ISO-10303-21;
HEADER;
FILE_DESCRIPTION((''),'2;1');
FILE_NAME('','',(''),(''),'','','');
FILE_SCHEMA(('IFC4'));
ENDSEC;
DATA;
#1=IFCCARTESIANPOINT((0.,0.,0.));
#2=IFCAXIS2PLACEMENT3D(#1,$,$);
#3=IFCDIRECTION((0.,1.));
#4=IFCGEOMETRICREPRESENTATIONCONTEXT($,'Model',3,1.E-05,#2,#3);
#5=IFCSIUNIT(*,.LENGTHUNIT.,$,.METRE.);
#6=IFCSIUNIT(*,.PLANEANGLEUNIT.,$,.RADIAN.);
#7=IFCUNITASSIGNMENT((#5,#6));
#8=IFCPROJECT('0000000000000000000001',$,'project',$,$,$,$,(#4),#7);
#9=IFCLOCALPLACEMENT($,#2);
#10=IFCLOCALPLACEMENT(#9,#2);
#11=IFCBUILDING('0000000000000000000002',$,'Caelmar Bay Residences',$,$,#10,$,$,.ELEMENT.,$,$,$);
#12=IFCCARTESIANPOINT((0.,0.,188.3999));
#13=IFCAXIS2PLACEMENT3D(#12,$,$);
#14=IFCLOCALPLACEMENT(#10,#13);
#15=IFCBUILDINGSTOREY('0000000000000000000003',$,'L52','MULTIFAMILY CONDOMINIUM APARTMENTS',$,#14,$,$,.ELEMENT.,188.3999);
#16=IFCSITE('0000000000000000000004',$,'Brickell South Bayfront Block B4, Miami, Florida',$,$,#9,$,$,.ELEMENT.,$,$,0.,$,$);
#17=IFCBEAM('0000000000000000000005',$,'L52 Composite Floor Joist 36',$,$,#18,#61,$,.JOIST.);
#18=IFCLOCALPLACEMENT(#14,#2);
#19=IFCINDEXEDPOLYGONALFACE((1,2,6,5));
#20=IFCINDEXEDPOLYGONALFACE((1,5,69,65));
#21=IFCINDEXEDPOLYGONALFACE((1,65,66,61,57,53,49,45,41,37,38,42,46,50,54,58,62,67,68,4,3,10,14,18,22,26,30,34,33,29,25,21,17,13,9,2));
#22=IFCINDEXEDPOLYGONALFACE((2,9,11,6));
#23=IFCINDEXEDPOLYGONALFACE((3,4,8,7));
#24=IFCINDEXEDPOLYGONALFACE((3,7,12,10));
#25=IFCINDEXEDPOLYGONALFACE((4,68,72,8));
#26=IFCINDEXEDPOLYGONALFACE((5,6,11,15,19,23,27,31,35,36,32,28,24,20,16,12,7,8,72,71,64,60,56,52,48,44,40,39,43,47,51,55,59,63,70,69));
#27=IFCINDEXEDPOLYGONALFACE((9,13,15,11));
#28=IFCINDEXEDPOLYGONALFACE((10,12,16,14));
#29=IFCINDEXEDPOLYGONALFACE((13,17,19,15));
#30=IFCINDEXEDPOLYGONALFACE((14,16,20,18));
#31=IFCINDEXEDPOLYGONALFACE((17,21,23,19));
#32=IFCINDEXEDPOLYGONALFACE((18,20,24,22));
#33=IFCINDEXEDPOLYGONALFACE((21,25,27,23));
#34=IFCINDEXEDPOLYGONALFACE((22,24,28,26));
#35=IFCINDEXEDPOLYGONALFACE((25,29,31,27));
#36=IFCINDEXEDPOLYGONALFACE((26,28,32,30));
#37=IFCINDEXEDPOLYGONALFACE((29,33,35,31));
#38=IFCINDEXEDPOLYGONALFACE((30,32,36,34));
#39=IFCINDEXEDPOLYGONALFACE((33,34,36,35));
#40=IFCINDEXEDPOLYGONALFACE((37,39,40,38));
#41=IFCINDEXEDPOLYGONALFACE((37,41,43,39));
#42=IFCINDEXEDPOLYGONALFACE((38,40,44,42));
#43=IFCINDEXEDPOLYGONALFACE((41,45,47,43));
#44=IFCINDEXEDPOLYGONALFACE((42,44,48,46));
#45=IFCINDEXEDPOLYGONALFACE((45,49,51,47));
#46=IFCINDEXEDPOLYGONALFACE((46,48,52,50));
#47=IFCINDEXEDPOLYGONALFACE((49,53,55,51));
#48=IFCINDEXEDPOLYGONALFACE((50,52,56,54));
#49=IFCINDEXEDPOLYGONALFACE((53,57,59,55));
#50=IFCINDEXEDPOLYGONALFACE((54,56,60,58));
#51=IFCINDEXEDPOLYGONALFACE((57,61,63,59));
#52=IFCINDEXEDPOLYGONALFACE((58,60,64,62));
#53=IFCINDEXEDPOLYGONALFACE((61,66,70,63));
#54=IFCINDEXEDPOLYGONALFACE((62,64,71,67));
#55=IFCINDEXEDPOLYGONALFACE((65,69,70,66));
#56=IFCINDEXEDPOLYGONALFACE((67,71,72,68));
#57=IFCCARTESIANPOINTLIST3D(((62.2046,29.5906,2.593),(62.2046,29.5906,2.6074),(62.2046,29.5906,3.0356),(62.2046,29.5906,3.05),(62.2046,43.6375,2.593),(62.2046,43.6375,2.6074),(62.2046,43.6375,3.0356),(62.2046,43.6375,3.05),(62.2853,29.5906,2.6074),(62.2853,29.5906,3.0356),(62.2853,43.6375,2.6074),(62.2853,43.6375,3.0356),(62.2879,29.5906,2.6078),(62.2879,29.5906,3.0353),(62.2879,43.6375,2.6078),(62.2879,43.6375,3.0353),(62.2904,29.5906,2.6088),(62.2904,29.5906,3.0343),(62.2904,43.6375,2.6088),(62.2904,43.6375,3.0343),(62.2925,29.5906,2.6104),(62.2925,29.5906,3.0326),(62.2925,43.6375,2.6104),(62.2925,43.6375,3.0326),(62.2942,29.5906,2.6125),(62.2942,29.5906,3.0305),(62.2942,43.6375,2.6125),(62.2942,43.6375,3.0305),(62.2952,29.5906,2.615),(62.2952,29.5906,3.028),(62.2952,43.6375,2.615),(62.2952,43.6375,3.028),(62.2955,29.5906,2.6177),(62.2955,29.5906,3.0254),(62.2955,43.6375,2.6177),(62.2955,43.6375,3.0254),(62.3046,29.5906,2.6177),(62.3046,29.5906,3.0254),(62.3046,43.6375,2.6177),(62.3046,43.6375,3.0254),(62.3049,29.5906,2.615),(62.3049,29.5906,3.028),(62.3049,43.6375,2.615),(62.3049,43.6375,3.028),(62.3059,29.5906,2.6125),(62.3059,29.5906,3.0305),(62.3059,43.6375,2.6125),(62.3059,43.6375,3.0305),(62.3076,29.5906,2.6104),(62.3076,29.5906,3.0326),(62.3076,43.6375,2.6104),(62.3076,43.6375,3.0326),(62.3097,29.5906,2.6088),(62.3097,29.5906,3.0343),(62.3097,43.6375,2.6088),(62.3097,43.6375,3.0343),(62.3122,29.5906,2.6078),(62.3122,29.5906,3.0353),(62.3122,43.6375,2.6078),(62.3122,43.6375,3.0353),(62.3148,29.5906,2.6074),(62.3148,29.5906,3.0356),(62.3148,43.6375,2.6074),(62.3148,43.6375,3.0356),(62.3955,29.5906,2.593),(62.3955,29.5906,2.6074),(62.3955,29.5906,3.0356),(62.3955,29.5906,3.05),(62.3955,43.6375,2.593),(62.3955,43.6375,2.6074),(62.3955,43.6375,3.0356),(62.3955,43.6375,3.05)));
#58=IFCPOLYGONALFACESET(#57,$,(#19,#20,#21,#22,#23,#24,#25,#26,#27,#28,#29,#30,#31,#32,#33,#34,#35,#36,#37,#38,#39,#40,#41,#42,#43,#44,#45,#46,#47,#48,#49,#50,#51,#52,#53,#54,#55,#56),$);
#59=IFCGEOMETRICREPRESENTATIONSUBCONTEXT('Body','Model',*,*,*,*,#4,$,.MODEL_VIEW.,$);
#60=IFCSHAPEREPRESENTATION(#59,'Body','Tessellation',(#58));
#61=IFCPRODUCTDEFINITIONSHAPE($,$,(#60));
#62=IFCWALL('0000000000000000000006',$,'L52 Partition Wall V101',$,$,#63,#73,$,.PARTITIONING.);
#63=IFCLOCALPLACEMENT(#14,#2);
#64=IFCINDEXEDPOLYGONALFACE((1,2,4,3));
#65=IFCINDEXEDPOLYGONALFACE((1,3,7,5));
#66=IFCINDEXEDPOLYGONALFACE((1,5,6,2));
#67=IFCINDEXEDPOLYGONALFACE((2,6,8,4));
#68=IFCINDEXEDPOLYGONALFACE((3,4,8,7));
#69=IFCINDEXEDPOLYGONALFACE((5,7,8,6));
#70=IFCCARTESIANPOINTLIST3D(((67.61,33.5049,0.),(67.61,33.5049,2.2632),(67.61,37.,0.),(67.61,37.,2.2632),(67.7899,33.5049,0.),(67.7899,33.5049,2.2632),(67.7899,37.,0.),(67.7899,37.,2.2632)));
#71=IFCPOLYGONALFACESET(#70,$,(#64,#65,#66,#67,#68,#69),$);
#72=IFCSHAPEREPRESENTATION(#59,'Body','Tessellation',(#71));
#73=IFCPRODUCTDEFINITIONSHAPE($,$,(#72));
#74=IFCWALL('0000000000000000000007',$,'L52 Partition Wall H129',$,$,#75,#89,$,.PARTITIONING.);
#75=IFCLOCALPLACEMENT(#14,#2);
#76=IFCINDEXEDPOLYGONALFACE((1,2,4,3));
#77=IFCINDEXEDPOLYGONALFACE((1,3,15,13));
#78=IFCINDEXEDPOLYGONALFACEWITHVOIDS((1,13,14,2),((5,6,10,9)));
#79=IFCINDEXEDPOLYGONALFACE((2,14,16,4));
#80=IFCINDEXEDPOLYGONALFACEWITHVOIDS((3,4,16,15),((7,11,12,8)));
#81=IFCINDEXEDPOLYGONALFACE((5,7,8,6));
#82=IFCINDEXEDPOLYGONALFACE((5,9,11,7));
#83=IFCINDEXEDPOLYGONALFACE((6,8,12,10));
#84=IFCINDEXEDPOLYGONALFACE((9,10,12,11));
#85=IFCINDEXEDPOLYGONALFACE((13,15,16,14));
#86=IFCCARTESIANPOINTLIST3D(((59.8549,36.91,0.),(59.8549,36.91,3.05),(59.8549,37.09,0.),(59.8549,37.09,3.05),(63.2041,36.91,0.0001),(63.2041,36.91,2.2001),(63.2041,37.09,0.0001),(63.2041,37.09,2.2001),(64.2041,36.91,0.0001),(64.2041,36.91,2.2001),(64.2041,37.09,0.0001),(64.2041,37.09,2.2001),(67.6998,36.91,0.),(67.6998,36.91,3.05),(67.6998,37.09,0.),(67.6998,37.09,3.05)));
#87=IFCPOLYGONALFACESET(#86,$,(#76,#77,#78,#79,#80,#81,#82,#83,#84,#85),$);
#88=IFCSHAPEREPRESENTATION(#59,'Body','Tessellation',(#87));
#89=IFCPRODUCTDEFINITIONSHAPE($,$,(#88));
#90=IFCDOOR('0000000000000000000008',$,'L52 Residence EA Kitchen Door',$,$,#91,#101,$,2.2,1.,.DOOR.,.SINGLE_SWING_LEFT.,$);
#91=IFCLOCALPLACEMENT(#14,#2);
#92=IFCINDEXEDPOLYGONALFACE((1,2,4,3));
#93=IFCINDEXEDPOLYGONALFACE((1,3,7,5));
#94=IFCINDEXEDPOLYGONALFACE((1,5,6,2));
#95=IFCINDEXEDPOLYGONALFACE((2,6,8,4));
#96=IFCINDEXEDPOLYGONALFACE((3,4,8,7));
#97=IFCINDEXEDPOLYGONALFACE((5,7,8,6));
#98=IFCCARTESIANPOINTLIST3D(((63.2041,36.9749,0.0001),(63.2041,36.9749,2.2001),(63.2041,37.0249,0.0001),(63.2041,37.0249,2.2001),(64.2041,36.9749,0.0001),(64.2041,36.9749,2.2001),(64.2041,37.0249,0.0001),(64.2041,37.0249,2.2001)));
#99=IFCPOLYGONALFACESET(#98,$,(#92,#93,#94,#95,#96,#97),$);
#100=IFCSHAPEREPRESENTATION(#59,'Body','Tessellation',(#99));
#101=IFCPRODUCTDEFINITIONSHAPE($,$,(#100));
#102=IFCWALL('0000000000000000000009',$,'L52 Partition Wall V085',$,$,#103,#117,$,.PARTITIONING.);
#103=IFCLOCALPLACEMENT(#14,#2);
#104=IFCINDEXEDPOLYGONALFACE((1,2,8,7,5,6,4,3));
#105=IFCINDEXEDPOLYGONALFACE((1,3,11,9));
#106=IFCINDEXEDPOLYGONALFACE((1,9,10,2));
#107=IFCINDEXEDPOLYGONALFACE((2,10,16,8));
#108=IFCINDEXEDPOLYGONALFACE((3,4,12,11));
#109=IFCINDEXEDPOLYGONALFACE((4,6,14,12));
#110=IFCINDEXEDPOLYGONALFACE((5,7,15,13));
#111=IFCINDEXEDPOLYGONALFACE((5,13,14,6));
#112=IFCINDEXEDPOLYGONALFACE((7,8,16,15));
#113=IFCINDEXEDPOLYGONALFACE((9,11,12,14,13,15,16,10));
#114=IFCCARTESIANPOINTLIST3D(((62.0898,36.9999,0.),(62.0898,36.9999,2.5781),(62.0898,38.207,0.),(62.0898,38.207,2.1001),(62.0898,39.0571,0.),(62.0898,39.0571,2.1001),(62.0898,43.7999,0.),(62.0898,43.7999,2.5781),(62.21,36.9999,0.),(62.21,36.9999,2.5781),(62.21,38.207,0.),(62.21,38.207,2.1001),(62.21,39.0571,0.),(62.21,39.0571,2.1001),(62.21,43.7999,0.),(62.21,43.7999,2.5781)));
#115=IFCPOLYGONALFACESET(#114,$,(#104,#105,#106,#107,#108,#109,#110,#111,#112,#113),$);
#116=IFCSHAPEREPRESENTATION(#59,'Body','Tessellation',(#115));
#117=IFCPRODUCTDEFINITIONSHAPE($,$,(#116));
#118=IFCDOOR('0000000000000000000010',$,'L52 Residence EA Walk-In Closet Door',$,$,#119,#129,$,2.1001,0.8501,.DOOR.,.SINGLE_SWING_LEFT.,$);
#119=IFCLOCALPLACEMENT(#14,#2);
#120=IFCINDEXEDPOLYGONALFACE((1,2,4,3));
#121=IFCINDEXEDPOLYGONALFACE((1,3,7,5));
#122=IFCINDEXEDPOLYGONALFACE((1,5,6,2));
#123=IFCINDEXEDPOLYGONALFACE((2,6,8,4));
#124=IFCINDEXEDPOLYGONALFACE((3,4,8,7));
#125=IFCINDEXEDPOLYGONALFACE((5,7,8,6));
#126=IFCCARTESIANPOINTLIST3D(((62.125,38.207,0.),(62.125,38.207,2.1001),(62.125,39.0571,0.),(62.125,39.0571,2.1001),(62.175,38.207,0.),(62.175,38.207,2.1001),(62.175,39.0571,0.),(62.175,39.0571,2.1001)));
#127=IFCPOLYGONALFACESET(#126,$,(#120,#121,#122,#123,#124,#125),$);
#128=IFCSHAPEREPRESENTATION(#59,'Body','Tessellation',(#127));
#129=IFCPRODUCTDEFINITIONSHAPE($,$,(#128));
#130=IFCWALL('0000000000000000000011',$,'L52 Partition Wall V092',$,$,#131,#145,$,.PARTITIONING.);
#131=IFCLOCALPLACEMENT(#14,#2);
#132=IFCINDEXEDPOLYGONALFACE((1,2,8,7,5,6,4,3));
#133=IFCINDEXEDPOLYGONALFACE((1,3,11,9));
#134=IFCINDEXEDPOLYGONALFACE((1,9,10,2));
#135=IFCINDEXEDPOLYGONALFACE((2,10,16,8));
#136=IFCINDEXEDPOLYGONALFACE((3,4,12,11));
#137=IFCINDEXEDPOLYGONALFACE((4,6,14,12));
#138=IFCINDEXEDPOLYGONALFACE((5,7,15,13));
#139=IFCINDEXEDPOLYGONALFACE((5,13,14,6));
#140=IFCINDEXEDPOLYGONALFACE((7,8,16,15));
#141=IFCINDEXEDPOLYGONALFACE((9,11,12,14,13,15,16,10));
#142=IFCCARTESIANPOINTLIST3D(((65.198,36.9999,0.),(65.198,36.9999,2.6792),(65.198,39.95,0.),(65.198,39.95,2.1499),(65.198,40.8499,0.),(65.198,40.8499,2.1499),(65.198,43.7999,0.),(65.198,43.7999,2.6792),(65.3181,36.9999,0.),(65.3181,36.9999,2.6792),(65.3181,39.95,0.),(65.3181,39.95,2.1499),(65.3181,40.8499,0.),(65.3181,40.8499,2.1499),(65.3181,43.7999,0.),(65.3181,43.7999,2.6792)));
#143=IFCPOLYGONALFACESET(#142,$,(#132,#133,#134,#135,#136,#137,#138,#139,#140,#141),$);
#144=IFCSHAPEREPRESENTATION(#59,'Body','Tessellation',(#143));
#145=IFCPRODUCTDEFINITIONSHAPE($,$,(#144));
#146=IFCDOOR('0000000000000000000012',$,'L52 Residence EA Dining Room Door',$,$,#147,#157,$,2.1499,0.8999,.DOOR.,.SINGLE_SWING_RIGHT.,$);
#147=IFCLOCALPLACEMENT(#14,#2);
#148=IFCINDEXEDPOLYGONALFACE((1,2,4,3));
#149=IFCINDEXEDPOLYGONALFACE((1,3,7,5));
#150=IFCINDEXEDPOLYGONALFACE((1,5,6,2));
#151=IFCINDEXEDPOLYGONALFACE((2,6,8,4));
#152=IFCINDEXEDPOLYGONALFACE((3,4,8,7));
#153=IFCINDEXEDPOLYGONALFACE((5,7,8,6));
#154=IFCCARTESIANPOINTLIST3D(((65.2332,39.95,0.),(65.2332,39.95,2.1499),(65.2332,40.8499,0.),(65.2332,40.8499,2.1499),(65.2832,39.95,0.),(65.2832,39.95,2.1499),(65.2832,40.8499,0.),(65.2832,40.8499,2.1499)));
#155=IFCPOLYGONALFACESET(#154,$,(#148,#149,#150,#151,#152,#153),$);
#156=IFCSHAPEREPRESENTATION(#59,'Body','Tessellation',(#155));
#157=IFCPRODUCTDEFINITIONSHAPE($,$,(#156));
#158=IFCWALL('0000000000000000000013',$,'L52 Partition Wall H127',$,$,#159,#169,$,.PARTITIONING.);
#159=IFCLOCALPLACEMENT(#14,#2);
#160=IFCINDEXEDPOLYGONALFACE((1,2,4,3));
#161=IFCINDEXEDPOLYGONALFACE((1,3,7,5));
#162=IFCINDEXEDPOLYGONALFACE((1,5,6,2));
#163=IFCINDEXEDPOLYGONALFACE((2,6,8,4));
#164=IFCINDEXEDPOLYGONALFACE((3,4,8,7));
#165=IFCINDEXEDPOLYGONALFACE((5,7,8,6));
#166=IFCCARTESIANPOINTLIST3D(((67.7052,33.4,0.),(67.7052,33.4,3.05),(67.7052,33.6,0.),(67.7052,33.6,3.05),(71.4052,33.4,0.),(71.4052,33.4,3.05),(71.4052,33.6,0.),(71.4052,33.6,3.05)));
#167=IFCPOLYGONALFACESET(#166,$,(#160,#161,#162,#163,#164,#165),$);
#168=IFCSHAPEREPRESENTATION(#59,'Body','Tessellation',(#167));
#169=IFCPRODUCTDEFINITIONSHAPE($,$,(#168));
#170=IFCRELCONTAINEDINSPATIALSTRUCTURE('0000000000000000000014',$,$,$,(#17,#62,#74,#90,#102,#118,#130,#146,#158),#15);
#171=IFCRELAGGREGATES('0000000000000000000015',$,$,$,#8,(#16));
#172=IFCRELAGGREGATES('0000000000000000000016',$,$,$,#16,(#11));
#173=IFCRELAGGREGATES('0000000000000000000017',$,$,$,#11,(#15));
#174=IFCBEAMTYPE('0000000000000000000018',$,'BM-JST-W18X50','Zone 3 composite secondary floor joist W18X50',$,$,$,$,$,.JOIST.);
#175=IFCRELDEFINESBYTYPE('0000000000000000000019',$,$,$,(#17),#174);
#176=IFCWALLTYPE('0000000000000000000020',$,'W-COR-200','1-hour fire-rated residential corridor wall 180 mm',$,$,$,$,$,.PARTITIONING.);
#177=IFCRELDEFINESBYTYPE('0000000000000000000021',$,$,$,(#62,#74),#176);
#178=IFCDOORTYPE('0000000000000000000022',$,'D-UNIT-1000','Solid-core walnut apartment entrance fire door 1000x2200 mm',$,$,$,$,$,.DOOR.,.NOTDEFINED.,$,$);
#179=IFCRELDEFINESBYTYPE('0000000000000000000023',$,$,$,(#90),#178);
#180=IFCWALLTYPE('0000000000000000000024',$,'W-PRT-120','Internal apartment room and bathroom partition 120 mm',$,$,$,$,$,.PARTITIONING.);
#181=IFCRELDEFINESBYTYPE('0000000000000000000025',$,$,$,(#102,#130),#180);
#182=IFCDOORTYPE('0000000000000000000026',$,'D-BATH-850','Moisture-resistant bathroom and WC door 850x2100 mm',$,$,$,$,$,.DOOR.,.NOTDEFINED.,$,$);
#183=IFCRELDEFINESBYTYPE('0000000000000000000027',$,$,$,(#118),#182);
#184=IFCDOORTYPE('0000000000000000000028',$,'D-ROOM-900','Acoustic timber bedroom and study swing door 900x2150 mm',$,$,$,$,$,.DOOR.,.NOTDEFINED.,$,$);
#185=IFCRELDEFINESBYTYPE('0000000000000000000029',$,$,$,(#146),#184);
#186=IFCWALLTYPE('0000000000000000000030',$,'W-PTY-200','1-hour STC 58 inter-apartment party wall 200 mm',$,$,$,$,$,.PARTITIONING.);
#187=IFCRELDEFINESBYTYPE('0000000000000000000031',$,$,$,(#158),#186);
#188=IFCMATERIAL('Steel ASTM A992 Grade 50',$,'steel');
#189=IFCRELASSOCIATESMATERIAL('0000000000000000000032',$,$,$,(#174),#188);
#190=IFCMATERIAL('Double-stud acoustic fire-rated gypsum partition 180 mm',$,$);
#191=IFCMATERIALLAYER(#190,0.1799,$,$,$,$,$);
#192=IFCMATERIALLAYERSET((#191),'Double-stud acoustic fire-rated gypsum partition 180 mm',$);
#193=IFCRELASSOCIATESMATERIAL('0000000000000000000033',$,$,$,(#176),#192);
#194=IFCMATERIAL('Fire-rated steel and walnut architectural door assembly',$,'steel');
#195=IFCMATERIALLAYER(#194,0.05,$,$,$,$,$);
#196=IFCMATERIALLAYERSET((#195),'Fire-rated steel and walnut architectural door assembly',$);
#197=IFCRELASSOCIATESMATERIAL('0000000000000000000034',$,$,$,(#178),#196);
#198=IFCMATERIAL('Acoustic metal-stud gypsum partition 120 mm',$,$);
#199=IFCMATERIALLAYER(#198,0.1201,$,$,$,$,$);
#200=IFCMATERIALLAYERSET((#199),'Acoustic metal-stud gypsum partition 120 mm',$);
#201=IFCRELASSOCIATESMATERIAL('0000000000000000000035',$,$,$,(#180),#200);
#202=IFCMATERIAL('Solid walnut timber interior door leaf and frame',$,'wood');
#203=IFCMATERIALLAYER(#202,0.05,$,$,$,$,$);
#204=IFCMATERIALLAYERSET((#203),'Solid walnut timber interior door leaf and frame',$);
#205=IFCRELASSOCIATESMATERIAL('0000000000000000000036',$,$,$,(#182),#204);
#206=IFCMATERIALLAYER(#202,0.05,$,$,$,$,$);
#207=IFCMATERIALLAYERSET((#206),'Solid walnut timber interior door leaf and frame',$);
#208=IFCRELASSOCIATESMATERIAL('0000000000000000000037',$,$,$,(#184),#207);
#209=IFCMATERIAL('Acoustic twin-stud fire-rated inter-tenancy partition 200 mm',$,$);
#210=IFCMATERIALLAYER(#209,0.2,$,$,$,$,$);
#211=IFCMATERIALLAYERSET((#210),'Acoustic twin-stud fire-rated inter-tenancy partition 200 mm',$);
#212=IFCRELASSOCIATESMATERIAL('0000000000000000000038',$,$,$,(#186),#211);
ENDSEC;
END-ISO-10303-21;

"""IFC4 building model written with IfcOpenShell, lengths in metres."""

from ifc_helpers import new_model, si_unit, direction, frame, frame_2d, origin, origin_2d, place, context, subcontext, project, spatial, rectangle, i_section, extrude, material, layer, layer_set, material_profile, profile_set, type_object, element, fill, save


model = new_model("IFC4")

# Units and contexts
model_context = context("Model", 3, precision=1e-05, world=origin(), true_north=direction((0.0, 1.0)))
body_context = subcontext(model_context, "Body", "Model", "MODEL_VIEW")
ifc_project = project(units=[si_unit("LENGTHUNIT", "METRE"), si_unit("PLANEANGLEUNIT", "RADIAN")], contexts=[model_context])

# Site, building, storey
site_placement = place(None, origin())
site = spatial("IfcSite", under=ifc_project, at=site_placement, Name="Brickell South Bayfront Block B4, Miami, Florida", CompositionType="ELEMENT", RefElevation=0.0)
building_placement = place(site_placement, origin())
building = spatial("IfcBuilding", under=site, at=building_placement, Name="Caelmar Bay Residences", CompositionType="ELEMENT")
storey_placement = place(building_placement, frame((0.0, 0.0, 188.3999)))
storey = spatial("IfcBuildingStorey", under=building, at=storey_placement, Name="L52", Description="MULTIFAMILY CONDOMINIUM APARTMENTS", CompositionType="ELEMENT", Elevation=188.3999)

# Beam
ifc_material_1 = material(Name="Steel ASTM A992 Grade 50", Category="steel")
ifc_material_profile_1 = material_profile(ifc_material_1, i_section(OverallWidth=0.1909, OverallDepth=0.457, WebThickness=0.009, FlangeThickness=0.0144, FilletRadius=0.0103, at=origin_2d()), Name="W18X50")
ifc_profile_set_1 = profile_set([ifc_material_profile_1], Name="Steel ASTM A992 Grade 50")
beam_type_1 = type_object("IfcBeamType", Name="BM-JST-W18X50", Description="Zone 3 composite secondary floor joist W18X50", PredefinedType="JOIST", material=ifc_profile_set_1)
beam_1_placement = place(storey_placement, frame((62.3, 29.5906, 2.8215), z_axis=(0.0, 1.0, 0.0), x_axis=(-1.0, 0.0, 0.0)))
element("IfcBeam", 1, at=beam_1_placement, inside=storey, type_object=beam_type_1, Name="L52 Composite Floor Joist 36", PredefinedType="JOIST", context=body_context, shape_type="SweptSolid", body=[
    extrude(i_section(OverallWidth=0.1909, OverallDepth=0.457, WebThickness=0.009, FlangeThickness=0.0144, FilletRadius=0.0103, at=origin_2d()), origin(), (0.0, 0.0, 1.0), 14.0469),
])

# Wall
ifc_material_2 = material(Name="Double-stud acoustic fire-rated gypsum partition 180 mm")
ifc_layer_1 = layer(ifc_material_2, 0.1799)
ifc_layer_set_1 = layer_set([ifc_layer_1], Name="Double-stud acoustic fire-rated gypsum partition 180 mm")
wall_type_1 = type_object("IfcWallType", Name="W-COR-200", Description="1-hour fire-rated residential corridor wall 180 mm", PredefinedType="PARTITIONING", material=ifc_layer_set_1)
wall_1_placement = place(storey_placement, frame((67.7, 33.5049, 0.0), z_axis=(0.0, 0.0, 1.0), x_axis=(0.0, 1.0, 0.0)))
element("IfcWall", 2, at=wall_1_placement, inside=storey, type_object=wall_type_1, Name="L52 Partition Wall V101", PredefinedType="PARTITIONING", context=body_context, shape_type="SweptSolid", body=[
    extrude(rectangle(XDim=3.4951, YDim=0.1799, at=frame_2d((1.7476, 0.0))), origin(), (0.0, 0.0, 1.0), 2.2632),
])

# Walls, openings, doors
wall_2_placement = place(storey_placement, frame((59.855, 37.0, 0.0), z_axis=(0.0, 0.0, 1.0), x_axis=(1.0, 0.0, 0.0)))
wall_2 = element("IfcWall", 3, at=wall_2_placement, inside=storey, type_object=wall_type_1, Name="L52 Partition Wall H129", PredefinedType="PARTITIONING", context=body_context, shape_type="SweptSolid", body=[
    extrude(rectangle(XDim=7.845, YDim=0.1799, at=frame_2d((3.9224, 0.0))), origin(), (0.0, 0.0, 1.0), 3.05),
])
opening_1_placement = place(wall_2_placement, frame((3.3491, 0.0, 0.0)))
opening_1 = element("IfcOpeningElement", 4, at=opening_1_placement, cuts=wall_2, PredefinedType="OPENING", context=body_context, shape_type="SweptSolid", body=[
    extrude(rectangle(XDim=1.0, YDim=2.2, at=frame_2d((0.5, 1.1001))), frame((0.0, 0.0999, 0.0), z_axis=(0.0, -1.0, 0.0), x_axis=(1.0, 0.0, 0.0)), (0.0, 0.0, 1.0), 0.2),
])
ifc_material_3 = material(Name="Fire-rated steel and walnut architectural door assembly", Category="steel")
ifc_layer_2 = layer(ifc_material_3, 0.05)
ifc_layer_set_2 = layer_set([ifc_layer_2], Name="Fire-rated steel and walnut architectural door assembly")
door_type_1 = type_object("IfcDoorType", Name="D-UNIT-1000", Description="Solid-core walnut apartment entrance fire door 1000x2200 mm", OperationType="NOTDEFINED", PredefinedType="DOOR", material=ifc_layer_set_2)
door_1_placement = place(opening_1_placement, origin())
door_1 = element("IfcDoor", 5, at=door_1_placement, inside=storey, type_object=door_type_1, Name="L52 Residence EA Kitchen Door", OperationType="SINGLE_SWING_LEFT", OverallHeight=2.2, OverallWidth=1.0, PredefinedType="DOOR", context=body_context, shape_type="SweptSolid", body=[
    extrude(rectangle(XDim=1.0, YDim=2.2, at=frame_2d((0.5, 1.1001))), frame((0.0, 0.0249, 0.0), z_axis=(0.0, -1.0, 0.0), x_axis=(1.0, 0.0, 0.0)), (0.0, 0.0, 1.0), 0.05),
])
fill(opening_1, door_1)
ifc_material_4 = material(Name="Acoustic metal-stud gypsum partition 120 mm")
ifc_layer_3 = layer(ifc_material_4, 0.1201)
ifc_layer_set_3 = layer_set([ifc_layer_3], Name="Acoustic metal-stud gypsum partition 120 mm")
wall_type_2 = type_object("IfcWallType", Name="W-PRT-120", Description="Internal apartment room and bathroom partition 120 mm", PredefinedType="PARTITIONING", material=ifc_layer_set_3)
wall_3_placement = place(storey_placement, frame((62.1499, 37.0, 0.0), z_axis=(0.0, 0.0, 1.0), x_axis=(0.0, 1.0, 0.0)))
wall_3 = element("IfcWall", 6, at=wall_3_placement, inside=storey, type_object=wall_type_2, Name="L52 Partition Wall V085", PredefinedType="PARTITIONING", context=body_context, shape_type="SweptSolid", body=[
    extrude(rectangle(XDim=6.8, YDim=0.1201, at=frame_2d((3.3999, 0.0))), origin(), (0.0, 0.0, 1.0), 2.5781),
])
opening_2_placement = place(wall_3_placement, frame((1.207, 0.0, 0.0)))
opening_2 = element("IfcOpeningElement", 7, at=opening_2_placement, cuts=wall_3, PredefinedType="OPENING", context=body_context, shape_type="SweptSolid", body=[
    extrude(rectangle(XDim=0.8501, YDim=2.1001, at=frame_2d((0.425, 1.05))), frame((0.0, 0.0701, 0.0), z_axis=(0.0, -1.0, 0.0), x_axis=(1.0, 0.0, 0.0)), (0.0, 0.0, 1.0), 0.1401),
])
ifc_material_5 = material(Name="Solid walnut timber interior door leaf and frame", Category="wood")
ifc_layer_4 = layer(ifc_material_5, 0.05)
ifc_layer_set_4 = layer_set([ifc_layer_4], Name="Solid walnut timber interior door leaf and frame")
door_type_2 = type_object("IfcDoorType", Name="D-BATH-850", Description="Moisture-resistant bathroom and WC door 850x2100 mm", OperationType="NOTDEFINED", PredefinedType="DOOR", material=ifc_layer_set_4)
door_2_placement = place(opening_2_placement, origin())
door_2 = element("IfcDoor", 8, at=door_2_placement, inside=storey, type_object=door_type_2, Name="L52 Residence EA Walk-In Closet Door", OperationType="SINGLE_SWING_LEFT", OverallHeight=2.1001, OverallWidth=0.8501, PredefinedType="DOOR", context=body_context, shape_type="SweptSolid", body=[
    extrude(rectangle(XDim=0.8501, YDim=2.1001, at=frame_2d((0.425, 1.05))), frame((0.0, 0.0249, 0.0), z_axis=(0.0, -1.0, 0.0), x_axis=(1.0, 0.0, 0.0)), (0.0, 0.0, 1.0), 0.05),
])
fill(opening_2, door_2)
wall_4_placement = place(storey_placement, frame((65.2581, 37.0, 0.0), z_axis=(0.0, 0.0, 1.0), x_axis=(0.0, 1.0, 0.0)))
wall_4 = element("IfcWall", 9, at=wall_4_placement, inside=storey, type_object=wall_type_2, Name="L52 Partition Wall V092", PredefinedType="PARTITIONING", context=body_context, shape_type="SweptSolid", body=[
    extrude(rectangle(XDim=6.8, YDim=0.1201, at=frame_2d((3.3999, 0.0))), origin(), (0.0, 0.0, 1.0), 2.6792),
])
opening_3_placement = place(wall_4_placement, frame((2.95, 0.0, 0.0)))
opening_3 = element("IfcOpeningElement", 10, at=opening_3_placement, cuts=wall_4, PredefinedType="OPENING", context=body_context, shape_type="SweptSolid", body=[
    extrude(rectangle(XDim=0.8999, YDim=2.1499, at=frame_2d((0.45, 1.075))), frame((0.0, 0.0701, 0.0), z_axis=(0.0, -1.0, 0.0), x_axis=(1.0, 0.0, 0.0)), (0.0, 0.0, 1.0), 0.1401),
])
ifc_layer_5 = layer(ifc_material_5, 0.05)
ifc_layer_set_5 = layer_set([ifc_layer_5], Name="Solid walnut timber interior door leaf and frame")
door_type_3 = type_object("IfcDoorType", Name="D-ROOM-900", Description="Acoustic timber bedroom and study swing door 900x2150 mm", OperationType="NOTDEFINED", PredefinedType="DOOR", material=ifc_layer_set_5)
door_3_placement = place(opening_3_placement, origin())
door_3 = element("IfcDoor", 11, at=door_3_placement, inside=storey, type_object=door_type_3, Name="L52 Residence EA Dining Room Door", OperationType="SINGLE_SWING_RIGHT", OverallHeight=2.1499, OverallWidth=0.8999, PredefinedType="DOOR", context=body_context, shape_type="SweptSolid", body=[
    extrude(rectangle(XDim=0.8999, YDim=2.1499, at=frame_2d((0.45, 1.075))), frame((0.0, 0.0249, 0.0), z_axis=(0.0, -1.0, 0.0), x_axis=(1.0, 0.0, 0.0)), (0.0, 0.0, 1.0), 0.05),
])
fill(opening_3, door_3)

# Wall
ifc_material_6 = material(Name="Acoustic twin-stud fire-rated inter-tenancy partition 200 mm")
ifc_layer_6 = layer(ifc_material_6, 0.2)
ifc_layer_set_6 = layer_set([ifc_layer_6], Name="Acoustic twin-stud fire-rated inter-tenancy partition 200 mm")
wall_type_3 = type_object("IfcWallType", Name="W-PTY-200", Description="1-hour STC 58 inter-apartment party wall 200 mm", PredefinedType="PARTITIONING", material=ifc_layer_set_6)
wall_5_placement = place(storey_placement, frame((67.7051, 33.5, 0.0), z_axis=(0.0, 0.0, 1.0), x_axis=(1.0, 0.0, 0.0)))
element("IfcWall", 12, at=wall_5_placement, inside=storey, type_object=wall_type_3, Name="L52 Partition Wall H127", PredefinedType="PARTITIONING", context=body_context, shape_type="SweptSolid", body=[
    extrude(rectangle(XDim=3.7, YDim=0.2, at=frame_2d((1.8501, 0.0))), origin(), (0.0, 0.0, 1.0), 3.05),
])

save(model, "model.ifc")
